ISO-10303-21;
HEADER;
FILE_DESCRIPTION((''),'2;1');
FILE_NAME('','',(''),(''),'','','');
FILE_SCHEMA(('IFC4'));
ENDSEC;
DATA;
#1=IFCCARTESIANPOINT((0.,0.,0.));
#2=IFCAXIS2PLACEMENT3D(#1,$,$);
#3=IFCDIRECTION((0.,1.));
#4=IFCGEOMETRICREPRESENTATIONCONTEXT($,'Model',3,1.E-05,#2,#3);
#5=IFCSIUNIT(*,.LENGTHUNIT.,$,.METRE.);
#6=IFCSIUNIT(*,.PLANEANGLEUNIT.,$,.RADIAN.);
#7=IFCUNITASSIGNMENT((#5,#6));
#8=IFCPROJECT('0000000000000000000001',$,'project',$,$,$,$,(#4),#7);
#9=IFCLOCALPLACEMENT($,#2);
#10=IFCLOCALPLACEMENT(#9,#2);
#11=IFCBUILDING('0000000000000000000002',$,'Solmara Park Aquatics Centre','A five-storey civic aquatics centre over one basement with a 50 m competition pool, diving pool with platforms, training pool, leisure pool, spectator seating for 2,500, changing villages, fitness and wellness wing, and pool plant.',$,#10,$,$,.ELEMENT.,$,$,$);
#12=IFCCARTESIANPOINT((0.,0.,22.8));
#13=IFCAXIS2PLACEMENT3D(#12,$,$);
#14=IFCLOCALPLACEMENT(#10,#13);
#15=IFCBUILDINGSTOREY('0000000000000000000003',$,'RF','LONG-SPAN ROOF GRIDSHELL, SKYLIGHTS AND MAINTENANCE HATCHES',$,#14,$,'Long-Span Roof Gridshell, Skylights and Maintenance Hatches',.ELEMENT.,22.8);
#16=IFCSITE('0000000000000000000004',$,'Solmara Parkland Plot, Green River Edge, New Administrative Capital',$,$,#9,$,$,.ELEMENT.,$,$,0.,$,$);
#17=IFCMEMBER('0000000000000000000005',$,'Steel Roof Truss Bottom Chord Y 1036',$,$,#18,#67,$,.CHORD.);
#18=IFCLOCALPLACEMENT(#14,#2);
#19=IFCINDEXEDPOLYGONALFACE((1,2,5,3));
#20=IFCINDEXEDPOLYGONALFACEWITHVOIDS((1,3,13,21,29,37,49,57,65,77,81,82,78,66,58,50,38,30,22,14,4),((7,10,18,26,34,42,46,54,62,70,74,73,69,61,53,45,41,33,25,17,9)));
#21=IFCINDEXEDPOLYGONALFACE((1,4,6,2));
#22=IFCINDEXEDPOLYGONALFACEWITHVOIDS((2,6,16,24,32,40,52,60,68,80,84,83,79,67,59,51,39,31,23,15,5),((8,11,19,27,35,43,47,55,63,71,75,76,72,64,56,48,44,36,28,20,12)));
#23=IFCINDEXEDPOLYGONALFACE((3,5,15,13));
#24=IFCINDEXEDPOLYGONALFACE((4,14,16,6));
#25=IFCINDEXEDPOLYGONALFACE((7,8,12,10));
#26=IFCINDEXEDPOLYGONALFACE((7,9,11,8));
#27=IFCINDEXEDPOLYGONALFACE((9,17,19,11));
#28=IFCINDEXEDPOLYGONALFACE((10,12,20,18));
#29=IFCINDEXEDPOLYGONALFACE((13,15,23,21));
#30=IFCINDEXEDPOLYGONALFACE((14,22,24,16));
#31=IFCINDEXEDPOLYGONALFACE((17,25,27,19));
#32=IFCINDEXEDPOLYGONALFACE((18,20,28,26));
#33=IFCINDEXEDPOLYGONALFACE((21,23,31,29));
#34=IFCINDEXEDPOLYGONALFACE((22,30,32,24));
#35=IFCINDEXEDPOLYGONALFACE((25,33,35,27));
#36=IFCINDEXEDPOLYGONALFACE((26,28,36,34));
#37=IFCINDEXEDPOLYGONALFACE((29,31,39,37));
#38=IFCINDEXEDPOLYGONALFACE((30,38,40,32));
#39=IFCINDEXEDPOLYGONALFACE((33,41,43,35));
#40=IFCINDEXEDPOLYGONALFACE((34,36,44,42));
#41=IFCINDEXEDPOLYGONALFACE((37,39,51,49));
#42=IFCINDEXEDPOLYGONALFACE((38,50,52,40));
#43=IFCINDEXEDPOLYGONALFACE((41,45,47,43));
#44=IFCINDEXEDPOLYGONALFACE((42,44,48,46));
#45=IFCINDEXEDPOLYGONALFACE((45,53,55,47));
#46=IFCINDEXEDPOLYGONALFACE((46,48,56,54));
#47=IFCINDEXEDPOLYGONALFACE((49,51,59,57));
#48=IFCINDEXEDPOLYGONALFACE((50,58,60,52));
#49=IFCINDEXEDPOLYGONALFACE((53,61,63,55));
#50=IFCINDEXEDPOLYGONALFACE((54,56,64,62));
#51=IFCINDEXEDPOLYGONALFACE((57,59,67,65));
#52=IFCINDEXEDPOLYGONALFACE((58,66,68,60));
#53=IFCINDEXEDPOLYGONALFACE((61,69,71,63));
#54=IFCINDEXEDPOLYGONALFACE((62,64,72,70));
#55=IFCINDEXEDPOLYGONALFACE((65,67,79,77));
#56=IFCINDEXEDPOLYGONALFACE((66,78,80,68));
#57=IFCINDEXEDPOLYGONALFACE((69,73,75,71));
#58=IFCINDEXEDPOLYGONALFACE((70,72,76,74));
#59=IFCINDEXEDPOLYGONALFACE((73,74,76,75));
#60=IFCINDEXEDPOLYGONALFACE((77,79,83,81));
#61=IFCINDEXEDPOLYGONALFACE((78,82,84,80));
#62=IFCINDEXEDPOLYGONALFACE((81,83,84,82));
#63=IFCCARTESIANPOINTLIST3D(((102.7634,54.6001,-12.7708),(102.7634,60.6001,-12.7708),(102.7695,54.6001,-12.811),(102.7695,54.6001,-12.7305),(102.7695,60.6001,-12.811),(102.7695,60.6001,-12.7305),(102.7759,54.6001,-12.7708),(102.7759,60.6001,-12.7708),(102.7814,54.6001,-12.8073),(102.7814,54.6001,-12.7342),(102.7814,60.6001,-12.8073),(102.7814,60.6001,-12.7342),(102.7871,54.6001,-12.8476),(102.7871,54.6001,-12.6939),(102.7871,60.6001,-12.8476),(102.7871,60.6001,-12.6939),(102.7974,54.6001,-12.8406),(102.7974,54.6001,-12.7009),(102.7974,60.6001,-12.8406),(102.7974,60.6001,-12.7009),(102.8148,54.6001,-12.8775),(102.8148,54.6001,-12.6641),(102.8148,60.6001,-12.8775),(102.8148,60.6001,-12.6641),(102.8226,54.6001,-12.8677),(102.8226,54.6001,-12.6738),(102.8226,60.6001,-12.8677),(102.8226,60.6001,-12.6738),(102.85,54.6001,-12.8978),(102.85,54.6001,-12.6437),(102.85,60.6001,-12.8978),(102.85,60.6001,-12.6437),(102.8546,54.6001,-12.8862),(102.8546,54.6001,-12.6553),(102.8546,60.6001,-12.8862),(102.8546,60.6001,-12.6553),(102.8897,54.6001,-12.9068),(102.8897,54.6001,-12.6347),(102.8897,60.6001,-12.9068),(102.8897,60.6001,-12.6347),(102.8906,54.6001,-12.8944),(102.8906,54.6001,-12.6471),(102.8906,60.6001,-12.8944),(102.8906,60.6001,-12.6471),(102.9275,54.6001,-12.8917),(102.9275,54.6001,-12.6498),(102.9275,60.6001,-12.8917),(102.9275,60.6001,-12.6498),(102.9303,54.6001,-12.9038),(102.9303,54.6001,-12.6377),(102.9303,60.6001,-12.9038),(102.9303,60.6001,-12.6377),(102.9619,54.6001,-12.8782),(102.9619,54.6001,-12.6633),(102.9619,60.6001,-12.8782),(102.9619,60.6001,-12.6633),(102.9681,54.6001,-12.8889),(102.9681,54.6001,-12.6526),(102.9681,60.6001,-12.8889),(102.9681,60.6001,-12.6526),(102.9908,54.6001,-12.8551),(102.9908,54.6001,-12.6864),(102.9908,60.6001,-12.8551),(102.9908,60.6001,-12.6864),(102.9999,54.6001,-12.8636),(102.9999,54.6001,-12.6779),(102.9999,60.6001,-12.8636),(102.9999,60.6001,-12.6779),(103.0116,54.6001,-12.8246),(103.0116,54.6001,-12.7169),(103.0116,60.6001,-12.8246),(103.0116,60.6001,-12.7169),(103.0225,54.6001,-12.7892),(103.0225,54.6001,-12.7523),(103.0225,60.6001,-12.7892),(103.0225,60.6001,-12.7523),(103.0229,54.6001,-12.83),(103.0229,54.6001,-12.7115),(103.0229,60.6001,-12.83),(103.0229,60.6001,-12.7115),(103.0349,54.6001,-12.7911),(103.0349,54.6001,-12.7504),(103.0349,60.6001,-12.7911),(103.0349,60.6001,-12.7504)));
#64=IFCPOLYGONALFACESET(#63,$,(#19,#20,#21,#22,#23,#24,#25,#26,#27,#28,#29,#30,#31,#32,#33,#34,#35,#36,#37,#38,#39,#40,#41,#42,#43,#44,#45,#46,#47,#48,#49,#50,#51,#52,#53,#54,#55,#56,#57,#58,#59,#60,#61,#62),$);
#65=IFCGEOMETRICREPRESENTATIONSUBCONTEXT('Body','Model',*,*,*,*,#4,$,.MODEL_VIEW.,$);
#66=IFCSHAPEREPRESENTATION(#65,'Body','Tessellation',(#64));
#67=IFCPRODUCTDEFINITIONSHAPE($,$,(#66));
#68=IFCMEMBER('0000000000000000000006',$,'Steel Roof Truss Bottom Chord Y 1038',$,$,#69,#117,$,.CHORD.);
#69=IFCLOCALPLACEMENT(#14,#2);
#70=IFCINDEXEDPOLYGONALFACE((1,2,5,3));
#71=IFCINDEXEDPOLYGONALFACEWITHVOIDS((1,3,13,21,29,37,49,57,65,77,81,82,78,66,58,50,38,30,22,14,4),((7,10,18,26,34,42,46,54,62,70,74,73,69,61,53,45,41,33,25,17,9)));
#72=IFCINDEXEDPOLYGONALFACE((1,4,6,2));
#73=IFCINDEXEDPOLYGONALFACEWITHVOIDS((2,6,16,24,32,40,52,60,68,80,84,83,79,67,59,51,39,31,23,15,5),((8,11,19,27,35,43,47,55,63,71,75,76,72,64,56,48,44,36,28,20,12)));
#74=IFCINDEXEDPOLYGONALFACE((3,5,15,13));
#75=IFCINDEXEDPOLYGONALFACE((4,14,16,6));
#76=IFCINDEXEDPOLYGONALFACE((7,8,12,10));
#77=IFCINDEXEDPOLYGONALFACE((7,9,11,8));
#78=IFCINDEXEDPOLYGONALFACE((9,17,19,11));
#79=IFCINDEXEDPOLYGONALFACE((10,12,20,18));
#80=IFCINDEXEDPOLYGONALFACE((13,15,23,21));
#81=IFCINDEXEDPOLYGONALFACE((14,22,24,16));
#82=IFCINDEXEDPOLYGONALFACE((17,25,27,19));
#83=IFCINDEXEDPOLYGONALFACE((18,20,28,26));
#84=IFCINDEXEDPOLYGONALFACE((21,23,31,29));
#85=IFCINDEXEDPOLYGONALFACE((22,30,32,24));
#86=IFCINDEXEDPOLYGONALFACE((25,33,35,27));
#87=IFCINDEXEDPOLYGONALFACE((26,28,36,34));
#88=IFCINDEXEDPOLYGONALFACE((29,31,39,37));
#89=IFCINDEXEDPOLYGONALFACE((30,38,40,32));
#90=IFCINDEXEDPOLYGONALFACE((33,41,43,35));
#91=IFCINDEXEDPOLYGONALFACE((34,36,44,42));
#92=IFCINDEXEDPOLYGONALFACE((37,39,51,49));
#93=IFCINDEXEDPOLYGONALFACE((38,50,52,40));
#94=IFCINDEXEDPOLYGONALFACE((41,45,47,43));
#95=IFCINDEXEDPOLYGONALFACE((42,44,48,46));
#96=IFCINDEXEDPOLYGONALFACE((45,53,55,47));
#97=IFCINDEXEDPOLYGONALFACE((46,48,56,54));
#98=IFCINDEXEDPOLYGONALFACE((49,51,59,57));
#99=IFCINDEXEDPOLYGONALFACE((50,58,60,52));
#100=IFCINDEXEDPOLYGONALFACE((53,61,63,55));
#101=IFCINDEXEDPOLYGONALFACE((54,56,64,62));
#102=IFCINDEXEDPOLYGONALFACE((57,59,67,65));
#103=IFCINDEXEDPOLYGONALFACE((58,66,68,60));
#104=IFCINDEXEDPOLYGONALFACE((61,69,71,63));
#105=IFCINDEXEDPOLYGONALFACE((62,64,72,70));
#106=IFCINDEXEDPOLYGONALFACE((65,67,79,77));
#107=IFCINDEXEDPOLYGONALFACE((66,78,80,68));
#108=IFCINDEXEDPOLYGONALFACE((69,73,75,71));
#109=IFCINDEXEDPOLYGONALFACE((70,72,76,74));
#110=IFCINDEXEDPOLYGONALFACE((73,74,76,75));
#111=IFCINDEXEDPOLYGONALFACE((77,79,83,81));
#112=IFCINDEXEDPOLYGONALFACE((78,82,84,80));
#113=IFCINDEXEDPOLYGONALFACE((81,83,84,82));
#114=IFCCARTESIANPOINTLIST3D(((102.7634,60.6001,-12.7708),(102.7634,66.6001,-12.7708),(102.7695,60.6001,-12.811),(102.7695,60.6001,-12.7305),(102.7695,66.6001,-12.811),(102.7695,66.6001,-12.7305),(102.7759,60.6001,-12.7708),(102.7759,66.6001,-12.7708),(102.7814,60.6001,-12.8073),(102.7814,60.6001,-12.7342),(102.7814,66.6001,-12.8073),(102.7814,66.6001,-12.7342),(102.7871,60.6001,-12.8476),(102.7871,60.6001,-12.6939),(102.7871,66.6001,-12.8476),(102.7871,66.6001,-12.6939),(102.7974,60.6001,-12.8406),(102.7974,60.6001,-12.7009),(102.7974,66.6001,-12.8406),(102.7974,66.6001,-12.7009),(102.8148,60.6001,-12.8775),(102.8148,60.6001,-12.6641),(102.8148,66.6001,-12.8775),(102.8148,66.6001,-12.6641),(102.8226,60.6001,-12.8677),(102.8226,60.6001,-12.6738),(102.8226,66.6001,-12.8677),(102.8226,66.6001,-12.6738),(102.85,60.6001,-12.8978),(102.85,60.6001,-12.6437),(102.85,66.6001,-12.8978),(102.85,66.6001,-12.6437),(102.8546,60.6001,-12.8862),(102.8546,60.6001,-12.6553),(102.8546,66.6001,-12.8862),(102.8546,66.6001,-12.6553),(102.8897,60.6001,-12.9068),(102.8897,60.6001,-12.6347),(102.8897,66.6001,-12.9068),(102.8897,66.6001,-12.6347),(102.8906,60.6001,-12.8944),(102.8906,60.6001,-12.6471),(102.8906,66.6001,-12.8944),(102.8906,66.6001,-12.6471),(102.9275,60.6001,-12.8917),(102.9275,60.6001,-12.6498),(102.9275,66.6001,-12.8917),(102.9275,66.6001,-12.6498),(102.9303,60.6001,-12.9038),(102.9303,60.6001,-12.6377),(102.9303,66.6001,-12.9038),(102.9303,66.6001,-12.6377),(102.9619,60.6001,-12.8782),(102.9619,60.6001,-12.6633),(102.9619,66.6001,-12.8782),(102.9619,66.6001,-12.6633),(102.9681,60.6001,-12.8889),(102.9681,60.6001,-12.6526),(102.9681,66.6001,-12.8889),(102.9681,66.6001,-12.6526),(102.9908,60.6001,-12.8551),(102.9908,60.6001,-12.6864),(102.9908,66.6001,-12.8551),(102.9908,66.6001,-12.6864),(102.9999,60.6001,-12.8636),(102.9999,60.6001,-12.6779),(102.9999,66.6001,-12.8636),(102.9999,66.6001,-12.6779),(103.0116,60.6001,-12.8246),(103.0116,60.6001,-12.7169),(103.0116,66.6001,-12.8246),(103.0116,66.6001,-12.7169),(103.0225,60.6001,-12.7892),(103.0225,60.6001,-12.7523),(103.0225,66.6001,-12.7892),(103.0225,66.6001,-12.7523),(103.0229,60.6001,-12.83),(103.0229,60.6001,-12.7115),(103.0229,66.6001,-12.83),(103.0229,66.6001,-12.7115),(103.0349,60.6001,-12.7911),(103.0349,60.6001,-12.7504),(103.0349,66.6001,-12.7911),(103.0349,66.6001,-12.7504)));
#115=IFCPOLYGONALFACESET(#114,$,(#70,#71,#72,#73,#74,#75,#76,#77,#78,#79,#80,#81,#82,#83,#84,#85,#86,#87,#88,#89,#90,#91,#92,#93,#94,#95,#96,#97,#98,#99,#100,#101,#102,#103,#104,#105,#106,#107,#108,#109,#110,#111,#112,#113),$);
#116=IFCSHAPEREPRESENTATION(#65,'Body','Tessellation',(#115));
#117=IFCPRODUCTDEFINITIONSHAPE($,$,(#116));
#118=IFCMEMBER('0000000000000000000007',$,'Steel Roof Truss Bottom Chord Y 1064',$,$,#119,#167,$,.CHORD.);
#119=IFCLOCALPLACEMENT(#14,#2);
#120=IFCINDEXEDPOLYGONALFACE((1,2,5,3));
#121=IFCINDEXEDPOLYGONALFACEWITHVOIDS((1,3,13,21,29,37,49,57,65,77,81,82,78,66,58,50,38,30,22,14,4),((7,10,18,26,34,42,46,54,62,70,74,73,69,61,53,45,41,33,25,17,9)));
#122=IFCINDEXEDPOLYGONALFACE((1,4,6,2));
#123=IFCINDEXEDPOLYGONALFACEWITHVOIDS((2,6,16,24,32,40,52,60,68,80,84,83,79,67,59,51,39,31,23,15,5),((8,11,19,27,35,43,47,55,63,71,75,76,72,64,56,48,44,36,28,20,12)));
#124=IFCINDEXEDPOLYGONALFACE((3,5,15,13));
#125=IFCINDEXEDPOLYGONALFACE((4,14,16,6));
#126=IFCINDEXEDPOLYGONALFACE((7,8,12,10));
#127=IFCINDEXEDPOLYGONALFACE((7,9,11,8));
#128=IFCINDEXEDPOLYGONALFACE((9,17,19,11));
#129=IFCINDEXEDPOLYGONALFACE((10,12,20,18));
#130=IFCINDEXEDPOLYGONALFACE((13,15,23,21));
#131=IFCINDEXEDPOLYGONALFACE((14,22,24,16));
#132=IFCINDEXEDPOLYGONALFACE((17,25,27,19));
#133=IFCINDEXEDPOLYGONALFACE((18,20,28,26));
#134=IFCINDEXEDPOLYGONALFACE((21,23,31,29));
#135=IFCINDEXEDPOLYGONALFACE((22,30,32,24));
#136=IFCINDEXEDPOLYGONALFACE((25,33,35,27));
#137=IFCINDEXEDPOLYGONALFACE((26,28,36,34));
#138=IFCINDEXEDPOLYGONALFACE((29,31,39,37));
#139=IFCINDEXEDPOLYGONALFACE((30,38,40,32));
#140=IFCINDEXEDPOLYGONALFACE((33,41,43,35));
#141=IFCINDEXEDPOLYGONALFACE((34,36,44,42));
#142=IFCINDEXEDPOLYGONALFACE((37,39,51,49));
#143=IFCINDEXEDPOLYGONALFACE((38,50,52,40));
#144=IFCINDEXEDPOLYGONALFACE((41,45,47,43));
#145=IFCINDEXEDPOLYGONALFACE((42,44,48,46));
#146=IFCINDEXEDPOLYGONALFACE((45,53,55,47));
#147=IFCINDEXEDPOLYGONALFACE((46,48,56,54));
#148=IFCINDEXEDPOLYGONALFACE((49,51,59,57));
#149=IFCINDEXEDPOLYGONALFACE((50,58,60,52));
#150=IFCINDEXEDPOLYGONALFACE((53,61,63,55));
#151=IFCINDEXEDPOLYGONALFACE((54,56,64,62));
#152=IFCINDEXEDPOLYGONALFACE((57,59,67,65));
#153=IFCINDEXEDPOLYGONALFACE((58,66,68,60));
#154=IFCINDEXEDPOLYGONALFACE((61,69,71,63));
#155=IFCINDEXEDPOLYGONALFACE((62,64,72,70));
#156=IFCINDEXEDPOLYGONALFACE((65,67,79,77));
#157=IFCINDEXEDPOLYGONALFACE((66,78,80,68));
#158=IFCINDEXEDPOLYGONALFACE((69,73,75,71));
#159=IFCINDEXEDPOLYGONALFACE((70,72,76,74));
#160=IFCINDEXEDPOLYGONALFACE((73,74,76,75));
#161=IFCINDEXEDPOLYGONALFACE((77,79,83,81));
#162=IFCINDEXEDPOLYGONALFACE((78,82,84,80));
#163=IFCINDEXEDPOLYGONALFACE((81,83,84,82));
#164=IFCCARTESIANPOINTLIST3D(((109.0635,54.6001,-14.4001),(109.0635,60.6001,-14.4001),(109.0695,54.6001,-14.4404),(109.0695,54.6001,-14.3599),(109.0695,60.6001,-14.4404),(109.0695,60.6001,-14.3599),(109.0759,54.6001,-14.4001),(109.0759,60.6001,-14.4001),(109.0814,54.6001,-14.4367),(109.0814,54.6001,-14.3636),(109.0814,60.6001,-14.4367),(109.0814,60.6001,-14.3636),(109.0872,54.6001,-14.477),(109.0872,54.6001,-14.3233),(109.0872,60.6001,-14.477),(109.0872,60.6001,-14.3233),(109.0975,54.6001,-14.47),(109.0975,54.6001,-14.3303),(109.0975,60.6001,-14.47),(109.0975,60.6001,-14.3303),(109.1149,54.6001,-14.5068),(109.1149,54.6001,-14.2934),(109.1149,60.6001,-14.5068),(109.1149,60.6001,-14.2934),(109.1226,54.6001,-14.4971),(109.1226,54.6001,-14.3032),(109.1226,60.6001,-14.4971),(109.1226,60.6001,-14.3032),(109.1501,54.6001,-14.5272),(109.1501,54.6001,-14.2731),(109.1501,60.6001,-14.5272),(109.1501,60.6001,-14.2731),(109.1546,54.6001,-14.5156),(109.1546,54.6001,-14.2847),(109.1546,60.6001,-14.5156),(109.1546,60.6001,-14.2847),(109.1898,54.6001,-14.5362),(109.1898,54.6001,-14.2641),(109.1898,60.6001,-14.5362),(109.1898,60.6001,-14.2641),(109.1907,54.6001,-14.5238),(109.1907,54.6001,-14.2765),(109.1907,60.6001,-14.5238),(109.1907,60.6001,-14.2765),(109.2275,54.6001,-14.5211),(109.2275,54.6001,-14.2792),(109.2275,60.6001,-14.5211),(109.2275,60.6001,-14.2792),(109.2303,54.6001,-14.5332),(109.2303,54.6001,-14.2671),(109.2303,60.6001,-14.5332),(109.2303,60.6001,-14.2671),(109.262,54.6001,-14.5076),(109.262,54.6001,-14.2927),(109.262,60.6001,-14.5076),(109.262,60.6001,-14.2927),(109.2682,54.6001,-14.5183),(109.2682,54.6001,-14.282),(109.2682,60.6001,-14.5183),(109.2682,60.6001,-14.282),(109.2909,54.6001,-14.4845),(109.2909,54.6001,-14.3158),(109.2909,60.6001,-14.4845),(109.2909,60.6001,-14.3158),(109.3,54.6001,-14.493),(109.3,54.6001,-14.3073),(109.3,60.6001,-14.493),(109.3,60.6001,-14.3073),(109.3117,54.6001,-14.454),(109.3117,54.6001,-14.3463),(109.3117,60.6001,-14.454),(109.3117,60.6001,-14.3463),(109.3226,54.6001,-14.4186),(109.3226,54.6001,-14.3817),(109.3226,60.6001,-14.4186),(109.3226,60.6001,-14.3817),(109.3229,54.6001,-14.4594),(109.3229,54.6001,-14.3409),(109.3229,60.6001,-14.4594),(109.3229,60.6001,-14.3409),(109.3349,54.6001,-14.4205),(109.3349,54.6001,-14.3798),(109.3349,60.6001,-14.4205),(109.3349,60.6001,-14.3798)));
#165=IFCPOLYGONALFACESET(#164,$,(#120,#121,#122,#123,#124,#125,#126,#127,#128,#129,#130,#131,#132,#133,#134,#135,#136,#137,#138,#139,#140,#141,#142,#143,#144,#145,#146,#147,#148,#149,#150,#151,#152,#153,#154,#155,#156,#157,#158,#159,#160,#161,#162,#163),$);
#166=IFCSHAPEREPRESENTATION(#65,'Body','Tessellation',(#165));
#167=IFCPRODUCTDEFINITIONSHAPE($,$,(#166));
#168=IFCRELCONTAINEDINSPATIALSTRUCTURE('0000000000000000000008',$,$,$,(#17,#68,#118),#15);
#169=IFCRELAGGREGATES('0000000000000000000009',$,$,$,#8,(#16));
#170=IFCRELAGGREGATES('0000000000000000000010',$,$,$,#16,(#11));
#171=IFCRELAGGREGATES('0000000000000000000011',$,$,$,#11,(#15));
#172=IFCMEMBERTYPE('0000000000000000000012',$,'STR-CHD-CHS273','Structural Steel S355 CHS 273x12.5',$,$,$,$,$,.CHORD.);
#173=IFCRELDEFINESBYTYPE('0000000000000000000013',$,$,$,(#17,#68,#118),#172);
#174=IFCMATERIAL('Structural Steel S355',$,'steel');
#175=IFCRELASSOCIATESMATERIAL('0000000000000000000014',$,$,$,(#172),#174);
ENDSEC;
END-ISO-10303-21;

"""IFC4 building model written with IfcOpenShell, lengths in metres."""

from ifc_helpers import new_model, si_unit, direction, frame, origin, origin_2d, place, context, subcontext, project, spatial, hollow_circle, extrude, material, material_profile, profile_set, type_object, element, save


model = new_model("IFC4")

# Units and contexts
model_context = context("Model", 3, precision=1e-05, world=origin(), true_north=direction((0.0, 1.0)))
body_context = subcontext(model_context, "Body", "Model", "MODEL_VIEW")
ifc_project = project(units=[si_unit("LENGTHUNIT", "METRE"), si_unit("PLANEANGLEUNIT", "RADIAN")], contexts=[model_context])

# Site, building, storey
site_placement = place(None, origin())
site = spatial("IfcSite", under=ifc_project, at=site_placement, Name="Solmara Parkland Plot, Green River Edge, New Administrative Capital", CompositionType="ELEMENT", RefElevation=0.0)
building_placement = place(site_placement, origin())
building = spatial("IfcBuilding", under=site, at=building_placement, Name="Solmara Park Aquatics Centre", Description="A five-storey civic aquatics centre over one basement with a 50 m competition pool, diving pool with platforms, training pool, leisure pool, spectator seating for 2,500, changing villages, fitness and wellness wing, and pool plant.", CompositionType="ELEMENT")
storey_placement = place(building_placement, frame((0.0, 0.0, 22.8)))
storey = spatial("IfcBuildingStorey", under=building, at=storey_placement, Name="RF", Description="LONG-SPAN ROOF GRIDSHELL, SKYLIGHTS AND MAINTENANCE HATCHES", LongName="Long-Span Roof Gridshell, Skylights and Maintenance Hatches", CompositionType="ELEMENT", Elevation=22.8)

# Members
ifc_material_1 = material(Name="Structural Steel S355", Category="steel")
ifc_material_profile_1 = material_profile(ifc_material_1, hollow_circle(Radius=0.1365, WallThickness=0.0125, at=origin_2d()), Name="CHS 273x12.5")
ifc_profile_set_1 = profile_set([ifc_material_profile_1], Name="Structural Steel S355")
member_type_1 = type_object("IfcMemberType", Name="STR-CHD-CHS273", Description="Structural Steel S355 CHS 273x12.5", PredefinedType="CHORD", material=ifc_profile_set_1)
for number, where, z_axis, x_axis, name in (
    (1, (102.8999, 54.6001, -12.7708), (0.0, 1.0, 0.0), (-1.0, 0.0, 0.0), "Steel Roof Truss Bottom Chord Y 1036"),
    (2, (102.8999, 60.6001, -12.7708), (0.0, 1.0, 0.0), (-1.0, 0.0, 0.0), "Steel Roof Truss Bottom Chord Y 1038"),
    (3, (109.2, 54.6001, -14.4001), (0.0, 1.0, 0.0), (-1.0, 0.0, 0.0), "Steel Roof Truss Bottom Chord Y 1064"),
):
    element("IfcMember", number, at=place(storey_placement, frame(where, z_axis=z_axis, x_axis=x_axis)), inside=storey, type_object=member_type_1, Name=name, PredefinedType="CHORD", context=body_context, shape_type="SweptSolid", body=[
        extrude(hollow_circle(Radius=0.1365, WallThickness=0.0125, at=origin_2d()), origin(), (0.0, 0.0, 1.0), 6.0),
    ])

save(model, "model.ifc")
